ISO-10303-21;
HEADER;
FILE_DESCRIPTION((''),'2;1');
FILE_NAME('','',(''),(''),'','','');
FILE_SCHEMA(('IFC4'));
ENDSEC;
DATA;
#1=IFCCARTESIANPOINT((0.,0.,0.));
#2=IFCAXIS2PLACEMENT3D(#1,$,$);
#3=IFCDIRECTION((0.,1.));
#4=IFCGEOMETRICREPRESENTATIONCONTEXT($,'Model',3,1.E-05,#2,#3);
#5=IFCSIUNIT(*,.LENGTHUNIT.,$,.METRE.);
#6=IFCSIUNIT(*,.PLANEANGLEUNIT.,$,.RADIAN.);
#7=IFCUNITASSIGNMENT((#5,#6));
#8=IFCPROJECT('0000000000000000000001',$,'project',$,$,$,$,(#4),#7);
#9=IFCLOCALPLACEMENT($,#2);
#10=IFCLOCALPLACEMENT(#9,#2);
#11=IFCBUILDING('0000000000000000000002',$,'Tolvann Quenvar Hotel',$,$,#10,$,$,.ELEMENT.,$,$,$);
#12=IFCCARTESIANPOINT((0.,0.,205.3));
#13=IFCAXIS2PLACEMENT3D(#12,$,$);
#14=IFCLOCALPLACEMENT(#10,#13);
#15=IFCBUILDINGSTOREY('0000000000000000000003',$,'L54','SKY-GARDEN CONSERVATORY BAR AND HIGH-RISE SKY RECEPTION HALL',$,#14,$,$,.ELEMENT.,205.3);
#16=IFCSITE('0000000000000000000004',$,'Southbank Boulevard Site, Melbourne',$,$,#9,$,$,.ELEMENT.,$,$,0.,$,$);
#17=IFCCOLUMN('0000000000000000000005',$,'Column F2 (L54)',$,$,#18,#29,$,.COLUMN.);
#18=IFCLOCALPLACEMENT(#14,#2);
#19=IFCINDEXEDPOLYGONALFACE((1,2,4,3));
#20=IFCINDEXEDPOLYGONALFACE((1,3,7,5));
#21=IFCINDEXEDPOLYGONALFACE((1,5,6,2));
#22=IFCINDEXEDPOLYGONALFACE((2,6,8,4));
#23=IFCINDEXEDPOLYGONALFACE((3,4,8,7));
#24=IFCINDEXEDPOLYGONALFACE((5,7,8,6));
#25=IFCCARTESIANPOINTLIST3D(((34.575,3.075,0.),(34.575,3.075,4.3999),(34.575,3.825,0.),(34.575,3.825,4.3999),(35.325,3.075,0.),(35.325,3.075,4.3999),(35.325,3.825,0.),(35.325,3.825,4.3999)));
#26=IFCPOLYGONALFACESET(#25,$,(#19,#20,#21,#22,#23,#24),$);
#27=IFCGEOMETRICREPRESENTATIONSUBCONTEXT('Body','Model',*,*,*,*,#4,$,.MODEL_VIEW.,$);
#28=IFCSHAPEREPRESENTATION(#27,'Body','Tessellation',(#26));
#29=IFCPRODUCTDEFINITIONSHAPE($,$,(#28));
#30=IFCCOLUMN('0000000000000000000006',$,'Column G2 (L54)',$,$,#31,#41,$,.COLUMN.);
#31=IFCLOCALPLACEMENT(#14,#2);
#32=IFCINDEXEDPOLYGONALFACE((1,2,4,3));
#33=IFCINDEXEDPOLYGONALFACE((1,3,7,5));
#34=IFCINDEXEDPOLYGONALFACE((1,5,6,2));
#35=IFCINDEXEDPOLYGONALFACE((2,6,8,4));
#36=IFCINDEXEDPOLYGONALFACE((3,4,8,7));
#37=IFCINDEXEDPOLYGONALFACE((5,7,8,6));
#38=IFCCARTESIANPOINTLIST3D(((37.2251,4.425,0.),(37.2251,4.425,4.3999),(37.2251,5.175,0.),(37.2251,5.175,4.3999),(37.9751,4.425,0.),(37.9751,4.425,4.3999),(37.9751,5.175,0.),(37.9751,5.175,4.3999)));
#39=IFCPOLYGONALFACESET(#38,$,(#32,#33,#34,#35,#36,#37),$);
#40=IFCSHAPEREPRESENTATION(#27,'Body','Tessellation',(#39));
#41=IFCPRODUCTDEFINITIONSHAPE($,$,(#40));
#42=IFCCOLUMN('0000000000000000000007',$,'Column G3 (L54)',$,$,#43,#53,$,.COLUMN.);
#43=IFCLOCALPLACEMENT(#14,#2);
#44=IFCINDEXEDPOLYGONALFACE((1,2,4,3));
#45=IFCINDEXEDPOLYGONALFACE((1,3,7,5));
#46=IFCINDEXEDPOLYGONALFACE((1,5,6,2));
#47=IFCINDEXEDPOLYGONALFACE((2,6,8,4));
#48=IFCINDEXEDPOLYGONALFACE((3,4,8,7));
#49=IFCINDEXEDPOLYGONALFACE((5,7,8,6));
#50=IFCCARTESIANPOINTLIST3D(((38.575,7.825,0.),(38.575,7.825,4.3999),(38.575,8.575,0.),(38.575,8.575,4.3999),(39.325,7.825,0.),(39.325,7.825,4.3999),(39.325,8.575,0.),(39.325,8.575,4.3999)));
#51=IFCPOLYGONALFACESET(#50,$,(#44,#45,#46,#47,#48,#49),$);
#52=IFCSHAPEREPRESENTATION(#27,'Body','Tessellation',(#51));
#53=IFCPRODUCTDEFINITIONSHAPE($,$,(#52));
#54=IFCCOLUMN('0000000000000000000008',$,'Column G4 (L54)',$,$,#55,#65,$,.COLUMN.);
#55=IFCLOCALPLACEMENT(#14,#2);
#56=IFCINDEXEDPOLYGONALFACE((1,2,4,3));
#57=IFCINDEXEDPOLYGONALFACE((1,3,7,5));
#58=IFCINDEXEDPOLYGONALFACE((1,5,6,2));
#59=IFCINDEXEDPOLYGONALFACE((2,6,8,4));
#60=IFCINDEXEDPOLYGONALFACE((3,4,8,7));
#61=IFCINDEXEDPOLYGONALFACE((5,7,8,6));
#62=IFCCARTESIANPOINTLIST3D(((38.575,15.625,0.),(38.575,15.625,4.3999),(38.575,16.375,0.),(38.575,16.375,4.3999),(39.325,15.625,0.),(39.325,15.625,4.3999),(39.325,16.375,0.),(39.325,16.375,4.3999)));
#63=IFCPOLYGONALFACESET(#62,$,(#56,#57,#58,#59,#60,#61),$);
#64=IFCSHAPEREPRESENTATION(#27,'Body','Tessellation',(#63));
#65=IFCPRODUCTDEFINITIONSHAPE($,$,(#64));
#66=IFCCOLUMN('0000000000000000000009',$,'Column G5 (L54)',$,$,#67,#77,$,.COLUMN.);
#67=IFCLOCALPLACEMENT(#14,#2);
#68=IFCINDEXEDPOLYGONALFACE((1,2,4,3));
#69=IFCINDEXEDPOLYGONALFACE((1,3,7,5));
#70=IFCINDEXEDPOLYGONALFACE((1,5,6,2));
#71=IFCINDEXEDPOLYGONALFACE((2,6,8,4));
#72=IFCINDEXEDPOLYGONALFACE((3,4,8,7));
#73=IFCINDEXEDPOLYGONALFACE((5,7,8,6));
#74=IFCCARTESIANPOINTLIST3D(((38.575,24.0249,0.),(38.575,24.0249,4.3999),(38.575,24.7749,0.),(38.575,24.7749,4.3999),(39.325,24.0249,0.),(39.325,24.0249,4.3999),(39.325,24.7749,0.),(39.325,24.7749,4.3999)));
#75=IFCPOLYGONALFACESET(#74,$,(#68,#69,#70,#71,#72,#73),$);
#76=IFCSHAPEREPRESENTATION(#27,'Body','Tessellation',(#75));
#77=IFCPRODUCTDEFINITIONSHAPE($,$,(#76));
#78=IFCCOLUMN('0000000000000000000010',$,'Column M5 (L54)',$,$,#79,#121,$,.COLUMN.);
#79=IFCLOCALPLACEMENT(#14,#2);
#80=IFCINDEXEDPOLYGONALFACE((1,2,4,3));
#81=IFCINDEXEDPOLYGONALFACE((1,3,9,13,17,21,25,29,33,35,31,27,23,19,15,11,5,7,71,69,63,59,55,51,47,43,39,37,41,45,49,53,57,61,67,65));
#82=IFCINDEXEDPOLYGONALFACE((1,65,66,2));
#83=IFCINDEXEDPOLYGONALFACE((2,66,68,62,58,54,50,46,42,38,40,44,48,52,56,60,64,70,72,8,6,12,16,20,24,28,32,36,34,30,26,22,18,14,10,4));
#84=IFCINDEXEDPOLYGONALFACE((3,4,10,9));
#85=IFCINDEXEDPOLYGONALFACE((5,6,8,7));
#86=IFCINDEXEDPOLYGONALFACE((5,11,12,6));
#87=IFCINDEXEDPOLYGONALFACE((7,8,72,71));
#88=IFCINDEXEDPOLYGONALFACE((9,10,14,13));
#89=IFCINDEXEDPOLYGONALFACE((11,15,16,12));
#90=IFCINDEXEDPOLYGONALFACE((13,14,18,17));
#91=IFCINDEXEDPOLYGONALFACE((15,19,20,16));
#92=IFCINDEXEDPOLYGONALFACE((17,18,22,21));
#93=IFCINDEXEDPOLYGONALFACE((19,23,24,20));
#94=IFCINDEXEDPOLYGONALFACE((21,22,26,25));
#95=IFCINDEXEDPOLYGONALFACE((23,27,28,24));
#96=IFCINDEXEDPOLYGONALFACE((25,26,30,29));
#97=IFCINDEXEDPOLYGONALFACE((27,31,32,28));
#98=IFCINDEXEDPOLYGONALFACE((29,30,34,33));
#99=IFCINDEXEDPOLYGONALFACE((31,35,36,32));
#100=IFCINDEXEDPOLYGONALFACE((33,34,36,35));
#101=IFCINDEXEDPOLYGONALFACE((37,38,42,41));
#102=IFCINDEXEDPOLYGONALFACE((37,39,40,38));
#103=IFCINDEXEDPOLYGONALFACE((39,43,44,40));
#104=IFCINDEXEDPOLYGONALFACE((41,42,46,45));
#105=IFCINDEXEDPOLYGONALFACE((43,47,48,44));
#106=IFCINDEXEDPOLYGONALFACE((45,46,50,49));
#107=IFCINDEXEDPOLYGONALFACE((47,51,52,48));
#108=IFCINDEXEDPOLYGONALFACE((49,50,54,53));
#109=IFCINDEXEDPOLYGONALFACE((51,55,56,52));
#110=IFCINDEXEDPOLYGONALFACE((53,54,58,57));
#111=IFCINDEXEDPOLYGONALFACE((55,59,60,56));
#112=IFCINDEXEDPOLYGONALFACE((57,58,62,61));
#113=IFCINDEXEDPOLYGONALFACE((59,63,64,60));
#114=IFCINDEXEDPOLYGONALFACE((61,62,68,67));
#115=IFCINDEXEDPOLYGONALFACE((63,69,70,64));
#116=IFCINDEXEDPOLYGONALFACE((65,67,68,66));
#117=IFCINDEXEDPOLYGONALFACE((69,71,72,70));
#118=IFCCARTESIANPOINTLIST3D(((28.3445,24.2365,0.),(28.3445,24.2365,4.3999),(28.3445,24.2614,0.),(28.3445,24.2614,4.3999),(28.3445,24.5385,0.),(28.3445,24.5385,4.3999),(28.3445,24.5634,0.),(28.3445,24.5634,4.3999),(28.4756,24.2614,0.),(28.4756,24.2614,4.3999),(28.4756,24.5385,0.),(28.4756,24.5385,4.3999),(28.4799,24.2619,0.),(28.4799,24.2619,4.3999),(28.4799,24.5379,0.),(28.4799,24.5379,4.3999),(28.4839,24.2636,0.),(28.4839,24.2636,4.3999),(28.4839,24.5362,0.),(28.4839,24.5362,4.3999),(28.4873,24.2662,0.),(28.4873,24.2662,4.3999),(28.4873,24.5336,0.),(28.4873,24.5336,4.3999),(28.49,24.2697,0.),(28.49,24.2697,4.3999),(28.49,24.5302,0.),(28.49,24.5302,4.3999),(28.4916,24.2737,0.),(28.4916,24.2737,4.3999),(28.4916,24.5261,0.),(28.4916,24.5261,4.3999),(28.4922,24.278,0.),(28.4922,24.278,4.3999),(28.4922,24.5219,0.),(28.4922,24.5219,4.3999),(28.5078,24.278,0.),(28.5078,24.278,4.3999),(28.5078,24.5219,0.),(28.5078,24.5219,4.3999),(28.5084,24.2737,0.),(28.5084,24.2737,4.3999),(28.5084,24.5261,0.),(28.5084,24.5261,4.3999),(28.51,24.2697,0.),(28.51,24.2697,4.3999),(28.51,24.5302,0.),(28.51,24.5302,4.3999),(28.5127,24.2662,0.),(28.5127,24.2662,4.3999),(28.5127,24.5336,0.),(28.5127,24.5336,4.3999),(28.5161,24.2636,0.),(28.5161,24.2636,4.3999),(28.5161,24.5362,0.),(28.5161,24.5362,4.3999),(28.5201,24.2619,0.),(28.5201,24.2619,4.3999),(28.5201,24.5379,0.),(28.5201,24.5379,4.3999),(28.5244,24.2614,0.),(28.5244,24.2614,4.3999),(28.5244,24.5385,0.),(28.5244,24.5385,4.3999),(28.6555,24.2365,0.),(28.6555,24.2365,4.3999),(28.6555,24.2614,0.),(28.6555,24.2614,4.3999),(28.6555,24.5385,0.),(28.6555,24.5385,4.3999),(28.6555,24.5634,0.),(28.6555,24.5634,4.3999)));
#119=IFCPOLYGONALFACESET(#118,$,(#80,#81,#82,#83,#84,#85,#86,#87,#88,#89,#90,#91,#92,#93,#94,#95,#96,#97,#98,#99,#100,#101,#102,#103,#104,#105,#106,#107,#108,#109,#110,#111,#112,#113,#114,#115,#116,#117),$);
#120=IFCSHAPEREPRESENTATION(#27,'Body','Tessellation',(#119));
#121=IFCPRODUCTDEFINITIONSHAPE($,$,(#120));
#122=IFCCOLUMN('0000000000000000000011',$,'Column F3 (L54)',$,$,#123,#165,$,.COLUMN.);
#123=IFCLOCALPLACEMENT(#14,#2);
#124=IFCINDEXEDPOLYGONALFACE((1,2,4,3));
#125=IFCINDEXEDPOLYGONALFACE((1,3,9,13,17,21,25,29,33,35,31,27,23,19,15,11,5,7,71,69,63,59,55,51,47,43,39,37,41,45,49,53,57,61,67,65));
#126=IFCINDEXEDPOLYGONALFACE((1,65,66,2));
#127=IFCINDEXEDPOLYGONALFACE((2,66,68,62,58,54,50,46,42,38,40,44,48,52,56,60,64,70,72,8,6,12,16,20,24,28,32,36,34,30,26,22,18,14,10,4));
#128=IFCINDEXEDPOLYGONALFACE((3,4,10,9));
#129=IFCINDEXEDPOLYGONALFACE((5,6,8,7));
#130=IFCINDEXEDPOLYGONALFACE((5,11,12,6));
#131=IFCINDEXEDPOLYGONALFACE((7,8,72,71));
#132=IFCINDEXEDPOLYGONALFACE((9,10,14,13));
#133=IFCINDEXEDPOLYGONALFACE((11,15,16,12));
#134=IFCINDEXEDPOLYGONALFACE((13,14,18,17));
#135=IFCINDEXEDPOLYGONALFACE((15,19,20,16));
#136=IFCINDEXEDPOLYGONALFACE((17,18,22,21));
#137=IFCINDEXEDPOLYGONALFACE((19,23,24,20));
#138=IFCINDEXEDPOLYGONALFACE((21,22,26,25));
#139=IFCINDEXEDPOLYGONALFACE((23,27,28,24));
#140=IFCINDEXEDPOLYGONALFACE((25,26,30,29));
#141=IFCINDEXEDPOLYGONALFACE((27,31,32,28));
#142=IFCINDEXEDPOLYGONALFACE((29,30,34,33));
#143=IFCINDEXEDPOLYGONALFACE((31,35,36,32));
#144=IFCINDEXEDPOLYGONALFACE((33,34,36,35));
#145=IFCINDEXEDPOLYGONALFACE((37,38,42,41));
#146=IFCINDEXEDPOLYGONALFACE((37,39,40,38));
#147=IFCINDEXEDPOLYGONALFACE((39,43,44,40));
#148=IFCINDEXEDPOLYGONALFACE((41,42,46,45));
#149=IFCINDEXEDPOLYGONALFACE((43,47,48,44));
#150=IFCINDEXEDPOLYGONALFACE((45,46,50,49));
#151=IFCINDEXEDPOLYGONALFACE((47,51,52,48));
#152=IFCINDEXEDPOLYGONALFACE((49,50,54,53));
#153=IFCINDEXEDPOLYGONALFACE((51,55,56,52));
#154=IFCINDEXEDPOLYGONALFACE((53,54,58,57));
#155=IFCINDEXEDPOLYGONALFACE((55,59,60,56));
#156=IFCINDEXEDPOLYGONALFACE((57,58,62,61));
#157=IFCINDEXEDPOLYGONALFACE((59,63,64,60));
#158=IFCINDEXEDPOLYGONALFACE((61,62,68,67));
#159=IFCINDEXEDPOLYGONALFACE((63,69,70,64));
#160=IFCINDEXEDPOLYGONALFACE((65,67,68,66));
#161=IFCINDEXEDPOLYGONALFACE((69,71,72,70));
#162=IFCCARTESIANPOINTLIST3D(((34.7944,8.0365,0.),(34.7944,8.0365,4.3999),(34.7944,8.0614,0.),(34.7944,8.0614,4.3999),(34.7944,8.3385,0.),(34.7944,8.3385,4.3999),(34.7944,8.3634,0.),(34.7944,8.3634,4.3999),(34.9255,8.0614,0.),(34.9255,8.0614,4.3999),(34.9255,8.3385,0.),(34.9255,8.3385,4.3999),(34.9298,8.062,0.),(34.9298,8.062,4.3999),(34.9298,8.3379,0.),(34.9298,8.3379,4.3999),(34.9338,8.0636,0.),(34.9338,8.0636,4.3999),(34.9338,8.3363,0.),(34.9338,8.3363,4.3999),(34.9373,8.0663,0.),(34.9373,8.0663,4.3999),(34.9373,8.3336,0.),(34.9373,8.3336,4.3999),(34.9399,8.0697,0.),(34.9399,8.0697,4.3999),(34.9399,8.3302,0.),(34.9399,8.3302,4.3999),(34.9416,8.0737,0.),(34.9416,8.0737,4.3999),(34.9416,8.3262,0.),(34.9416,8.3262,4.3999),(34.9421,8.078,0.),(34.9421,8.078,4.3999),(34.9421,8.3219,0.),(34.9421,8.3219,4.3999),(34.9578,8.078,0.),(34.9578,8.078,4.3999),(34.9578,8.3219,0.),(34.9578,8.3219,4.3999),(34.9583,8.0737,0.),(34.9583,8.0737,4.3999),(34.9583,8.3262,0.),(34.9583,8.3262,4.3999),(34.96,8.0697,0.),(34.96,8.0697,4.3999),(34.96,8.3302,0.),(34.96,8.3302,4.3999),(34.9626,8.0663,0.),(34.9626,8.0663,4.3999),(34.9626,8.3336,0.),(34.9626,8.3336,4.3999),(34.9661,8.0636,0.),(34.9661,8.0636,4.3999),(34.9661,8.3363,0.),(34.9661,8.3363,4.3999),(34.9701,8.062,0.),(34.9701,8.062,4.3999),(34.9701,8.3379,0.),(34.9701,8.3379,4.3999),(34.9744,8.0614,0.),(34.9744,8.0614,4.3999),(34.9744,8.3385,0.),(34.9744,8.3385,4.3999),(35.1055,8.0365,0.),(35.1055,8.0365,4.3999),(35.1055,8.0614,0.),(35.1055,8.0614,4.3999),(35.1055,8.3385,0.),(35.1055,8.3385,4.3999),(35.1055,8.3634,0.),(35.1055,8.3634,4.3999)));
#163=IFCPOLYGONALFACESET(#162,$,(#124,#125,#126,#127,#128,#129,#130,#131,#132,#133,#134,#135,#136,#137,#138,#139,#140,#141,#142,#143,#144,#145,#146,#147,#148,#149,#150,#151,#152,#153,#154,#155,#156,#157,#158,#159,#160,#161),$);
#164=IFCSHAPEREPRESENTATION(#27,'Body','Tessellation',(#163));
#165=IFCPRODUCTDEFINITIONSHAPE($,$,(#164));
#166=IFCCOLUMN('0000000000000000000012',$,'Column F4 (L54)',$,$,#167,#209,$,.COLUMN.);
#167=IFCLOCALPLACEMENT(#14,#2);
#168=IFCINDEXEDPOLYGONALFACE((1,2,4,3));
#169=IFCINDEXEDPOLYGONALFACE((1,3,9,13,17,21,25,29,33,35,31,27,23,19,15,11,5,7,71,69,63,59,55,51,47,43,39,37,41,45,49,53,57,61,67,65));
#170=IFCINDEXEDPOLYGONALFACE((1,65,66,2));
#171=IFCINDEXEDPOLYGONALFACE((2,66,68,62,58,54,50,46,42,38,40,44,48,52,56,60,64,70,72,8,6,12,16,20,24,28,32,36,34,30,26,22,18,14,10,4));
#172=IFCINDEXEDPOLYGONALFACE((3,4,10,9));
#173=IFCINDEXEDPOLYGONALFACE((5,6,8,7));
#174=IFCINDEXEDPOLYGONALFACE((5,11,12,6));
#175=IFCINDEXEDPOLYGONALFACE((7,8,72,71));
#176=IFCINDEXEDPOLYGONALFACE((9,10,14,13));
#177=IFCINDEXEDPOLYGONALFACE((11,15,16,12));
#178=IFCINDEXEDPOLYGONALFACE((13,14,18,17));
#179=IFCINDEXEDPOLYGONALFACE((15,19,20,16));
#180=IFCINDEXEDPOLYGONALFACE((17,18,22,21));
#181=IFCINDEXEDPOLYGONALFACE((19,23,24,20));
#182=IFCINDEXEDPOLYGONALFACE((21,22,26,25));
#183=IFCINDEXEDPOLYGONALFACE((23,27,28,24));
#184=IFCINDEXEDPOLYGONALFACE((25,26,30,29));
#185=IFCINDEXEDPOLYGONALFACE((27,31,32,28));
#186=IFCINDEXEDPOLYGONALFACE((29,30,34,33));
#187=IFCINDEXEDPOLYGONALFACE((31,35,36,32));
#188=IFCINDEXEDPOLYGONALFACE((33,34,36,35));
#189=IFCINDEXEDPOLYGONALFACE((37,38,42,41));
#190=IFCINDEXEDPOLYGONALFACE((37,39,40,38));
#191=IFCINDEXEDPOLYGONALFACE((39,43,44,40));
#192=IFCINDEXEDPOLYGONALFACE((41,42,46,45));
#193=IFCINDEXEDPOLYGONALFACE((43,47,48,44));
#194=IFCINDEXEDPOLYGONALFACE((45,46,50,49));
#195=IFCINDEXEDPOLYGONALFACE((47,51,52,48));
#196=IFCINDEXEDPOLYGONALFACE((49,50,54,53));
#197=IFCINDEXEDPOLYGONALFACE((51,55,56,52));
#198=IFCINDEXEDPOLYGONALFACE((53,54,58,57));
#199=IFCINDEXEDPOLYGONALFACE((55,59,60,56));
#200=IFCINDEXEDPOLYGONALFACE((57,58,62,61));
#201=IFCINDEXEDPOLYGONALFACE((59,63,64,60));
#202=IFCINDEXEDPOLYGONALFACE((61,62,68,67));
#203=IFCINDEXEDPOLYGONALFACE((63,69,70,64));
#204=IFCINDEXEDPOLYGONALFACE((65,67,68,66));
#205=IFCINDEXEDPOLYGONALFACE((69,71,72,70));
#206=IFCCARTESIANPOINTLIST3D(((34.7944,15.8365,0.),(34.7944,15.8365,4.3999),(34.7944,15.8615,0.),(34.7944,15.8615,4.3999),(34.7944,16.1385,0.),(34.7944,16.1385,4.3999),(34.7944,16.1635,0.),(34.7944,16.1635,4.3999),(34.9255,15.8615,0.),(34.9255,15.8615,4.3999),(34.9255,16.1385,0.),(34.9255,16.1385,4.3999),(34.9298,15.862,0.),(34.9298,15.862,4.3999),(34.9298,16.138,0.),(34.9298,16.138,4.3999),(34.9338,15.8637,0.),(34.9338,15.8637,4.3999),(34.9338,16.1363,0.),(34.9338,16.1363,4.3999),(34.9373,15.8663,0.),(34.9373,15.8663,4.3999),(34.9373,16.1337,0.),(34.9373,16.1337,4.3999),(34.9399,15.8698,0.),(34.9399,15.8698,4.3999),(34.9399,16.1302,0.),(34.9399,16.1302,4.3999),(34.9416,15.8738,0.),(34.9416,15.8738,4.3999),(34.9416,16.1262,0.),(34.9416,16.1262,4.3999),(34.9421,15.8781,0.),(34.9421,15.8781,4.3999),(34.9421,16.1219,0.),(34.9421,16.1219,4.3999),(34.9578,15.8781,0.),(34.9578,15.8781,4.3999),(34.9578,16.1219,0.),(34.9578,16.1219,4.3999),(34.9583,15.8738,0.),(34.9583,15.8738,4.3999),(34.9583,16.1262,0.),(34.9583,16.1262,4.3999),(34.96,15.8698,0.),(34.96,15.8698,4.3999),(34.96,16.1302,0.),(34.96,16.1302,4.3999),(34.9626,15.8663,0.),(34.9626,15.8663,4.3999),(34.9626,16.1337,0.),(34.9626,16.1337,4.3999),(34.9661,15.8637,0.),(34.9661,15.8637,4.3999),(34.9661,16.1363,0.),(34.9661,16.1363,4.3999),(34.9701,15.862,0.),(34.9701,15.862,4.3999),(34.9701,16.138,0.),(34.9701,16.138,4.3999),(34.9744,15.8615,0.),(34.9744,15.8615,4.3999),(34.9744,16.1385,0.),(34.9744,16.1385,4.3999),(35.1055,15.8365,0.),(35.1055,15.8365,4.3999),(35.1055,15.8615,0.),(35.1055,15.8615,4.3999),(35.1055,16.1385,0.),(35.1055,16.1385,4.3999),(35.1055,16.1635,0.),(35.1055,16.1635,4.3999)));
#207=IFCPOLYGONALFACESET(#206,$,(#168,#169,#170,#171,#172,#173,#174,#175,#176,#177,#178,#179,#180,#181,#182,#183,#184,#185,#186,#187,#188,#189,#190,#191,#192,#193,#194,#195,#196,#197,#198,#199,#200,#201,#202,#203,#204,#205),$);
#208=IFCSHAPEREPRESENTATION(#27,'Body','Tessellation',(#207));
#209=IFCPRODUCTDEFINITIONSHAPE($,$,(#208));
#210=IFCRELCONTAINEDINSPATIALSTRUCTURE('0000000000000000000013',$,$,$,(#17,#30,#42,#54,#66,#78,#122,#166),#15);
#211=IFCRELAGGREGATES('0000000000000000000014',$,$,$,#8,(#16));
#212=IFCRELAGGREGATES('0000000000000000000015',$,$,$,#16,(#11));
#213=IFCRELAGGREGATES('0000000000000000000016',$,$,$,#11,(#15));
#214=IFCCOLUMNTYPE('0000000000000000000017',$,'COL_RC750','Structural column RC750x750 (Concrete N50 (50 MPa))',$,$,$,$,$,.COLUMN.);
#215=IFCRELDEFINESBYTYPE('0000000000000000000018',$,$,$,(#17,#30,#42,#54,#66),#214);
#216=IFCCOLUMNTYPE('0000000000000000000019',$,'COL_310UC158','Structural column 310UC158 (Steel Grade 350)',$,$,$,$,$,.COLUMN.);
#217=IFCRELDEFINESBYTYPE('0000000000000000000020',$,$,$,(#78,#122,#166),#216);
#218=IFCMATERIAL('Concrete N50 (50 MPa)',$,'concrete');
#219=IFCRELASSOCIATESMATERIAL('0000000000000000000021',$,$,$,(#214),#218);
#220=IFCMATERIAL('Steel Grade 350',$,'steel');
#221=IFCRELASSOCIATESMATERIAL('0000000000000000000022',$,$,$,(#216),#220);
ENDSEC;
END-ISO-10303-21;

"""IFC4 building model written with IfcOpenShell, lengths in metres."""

from ifc_helpers import new_model, si_unit, direction, frame, origin, origin_2d, place, context, subcontext, project, spatial, rectangle, i_section, extrude, source, transform, mapped, material, material_profile, profile_set, type_object, type_shapes, element, save


model = new_model("IFC4")

# Units and contexts
model_context = context("Model", 3, precision=1e-05, world=origin(), true_north=direction((0.0, 1.0)))
body_context = subcontext(model_context, "Body", "Model", "MODEL_VIEW")
ifc_project = project(units=[si_unit("LENGTHUNIT", "METRE"), si_unit("PLANEANGLEUNIT", "RADIAN")], contexts=[model_context])

# Site, building, storey
site_placement = place(None, origin())
site = spatial("IfcSite", under=ifc_project, at=site_placement, Name="Southbank Boulevard Site, Melbourne", CompositionType="ELEMENT", RefElevation=0.0)
building_placement = place(site_placement, origin())
building = spatial("IfcBuilding", under=site, at=building_placement, Name="Tolvann Quenvar Hotel", CompositionType="ELEMENT")
storey_placement = place(building_placement, frame((0.0, 0.0, 205.3)))
storey = spatial("IfcBuildingStorey", under=building, at=storey_placement, Name="L54", Description="SKY-GARDEN CONSERVATORY BAR AND HIGH-RISE SKY RECEPTION HALL", CompositionType="ELEMENT", Elevation=205.3)

# Columns
ifc_material_1 = material(Name="Concrete N50 (50 MPa)", Category="concrete")
ifc_material_profile_1 = material_profile(ifc_material_1, rectangle(XDim=0.75, YDim=0.75, at=origin_2d()), Name="RC750x750")
ifc_profile_set_1 = profile_set([ifc_material_profile_1], Name="Concrete N50 (50 MPa)")
column_type_1 = type_object("IfcColumnType", Name="COL_RC750", Description="Structural column RC750x750 (Concrete N50 (50 MPa))", PredefinedType="COLUMN", material=ifc_profile_set_1)
shared_shape_1 = source(origin(), body_context, "Body", "SweptSolid", [
    extrude(rectangle(XDim=0.75, YDim=0.75, at=origin_2d()), origin(), (0.0, 0.0, 1.0), 4.3999),
])
type_shapes(column_type_1, [shared_shape_1])
for number, where, z_axis, x_axis, name in (
    (1, (34.95, 3.45, 0.0), (0.0, 0.0, 1.0), (1.0, 0.0, 0.0), "Column F2 (L54)"),
    (2, (37.6001, 4.8, 0.0), (0.0, 0.0, 1.0), (1.0, 0.0, 0.0), "Column G2 (L54)"),
    (3, (38.95, 8.2, 0.0), (0.0, 0.0, 1.0), (1.0, 0.0, 0.0), "Column G3 (L54)"),
    (4, (38.95, 16.0, 0.0), (0.0, 0.0, 1.0), (1.0, 0.0, 0.0), "Column G4 (L54)"),
    (5, (38.95, 24.3999, 0.0), (0.0, 0.0, 1.0), (1.0, 0.0, 0.0), "Column G5 (L54)"),
):
    element("IfcColumn", number, at=place(storey_placement, frame(where, z_axis=z_axis, x_axis=x_axis)), inside=storey, type_object=column_type_1, Name=name, PredefinedType="COLUMN", context=body_context, shape_type="MappedRepresentation", body=[
        mapped(shared_shape_1, transform((0.0, 0.0, 0.0), x_axis=(1.0, 0.0, 0.0), y_axis=(0.0, 1.0, 0.0), z_axis=(0.0, 0.0, 1.0), scale=1.0)),
    ])
ifc_material_2 = material(Name="Steel Grade 350", Category="steel")
ifc_material_profile_2 = material_profile(ifc_material_2, i_section(OverallWidth=0.311, OverallDepth=0.3269, WebThickness=0.0156, FlangeThickness=0.0249, FilletRadius=0.0166, at=origin_2d()), Name="310UC158")
ifc_profile_set_2 = profile_set([ifc_material_profile_2], Name="Steel Grade 350")
column_type_2 = type_object("IfcColumnType", Name="COL_310UC158", Description="Structural column 310UC158 (Steel Grade 350)", PredefinedType="COLUMN", material=ifc_profile_set_2)
shared_shape_2 = source(origin(), body_context, "Body", "SweptSolid", [
    extrude(i_section(OverallWidth=0.311, OverallDepth=0.3269, WebThickness=0.0156, FlangeThickness=0.0249, FilletRadius=0.0166, at=origin_2d()), origin(), (0.0, 0.0, 1.0), 4.3999),
])
type_shapes(column_type_2, [shared_shape_2])
for number, where, z_axis, x_axis, name in (
    (6, (28.5, 24.3999, 0.0), (0.0, 0.0, 1.0), (1.0, 0.0, 0.0), "Column M5 (L54)"),
    (7, (34.95, 8.2, 0.0), (0.0, 0.0, 1.0), (1.0, 0.0, 0.0), "Column F3 (L54)"),
    (8, (34.95, 16.0, 0.0), (0.0, 0.0, 1.0), (1.0, 0.0, 0.0), "Column F4 (L54)"),
):
    element("IfcColumn", number, at=place(storey_placement, frame(where, z_axis=z_axis, x_axis=x_axis)), inside=storey, type_object=column_type_2, Name=name, PredefinedType="COLUMN", context=body_context, shape_type="MappedRepresentation", body=[
        mapped(shared_shape_2, transform((0.0, 0.0, 0.0), x_axis=(1.0, 0.0, 0.0), y_axis=(0.0, 1.0, 0.0), z_axis=(0.0, 0.0, 1.0), scale=1.0)),
    ])

save(model, "model.ifc")
